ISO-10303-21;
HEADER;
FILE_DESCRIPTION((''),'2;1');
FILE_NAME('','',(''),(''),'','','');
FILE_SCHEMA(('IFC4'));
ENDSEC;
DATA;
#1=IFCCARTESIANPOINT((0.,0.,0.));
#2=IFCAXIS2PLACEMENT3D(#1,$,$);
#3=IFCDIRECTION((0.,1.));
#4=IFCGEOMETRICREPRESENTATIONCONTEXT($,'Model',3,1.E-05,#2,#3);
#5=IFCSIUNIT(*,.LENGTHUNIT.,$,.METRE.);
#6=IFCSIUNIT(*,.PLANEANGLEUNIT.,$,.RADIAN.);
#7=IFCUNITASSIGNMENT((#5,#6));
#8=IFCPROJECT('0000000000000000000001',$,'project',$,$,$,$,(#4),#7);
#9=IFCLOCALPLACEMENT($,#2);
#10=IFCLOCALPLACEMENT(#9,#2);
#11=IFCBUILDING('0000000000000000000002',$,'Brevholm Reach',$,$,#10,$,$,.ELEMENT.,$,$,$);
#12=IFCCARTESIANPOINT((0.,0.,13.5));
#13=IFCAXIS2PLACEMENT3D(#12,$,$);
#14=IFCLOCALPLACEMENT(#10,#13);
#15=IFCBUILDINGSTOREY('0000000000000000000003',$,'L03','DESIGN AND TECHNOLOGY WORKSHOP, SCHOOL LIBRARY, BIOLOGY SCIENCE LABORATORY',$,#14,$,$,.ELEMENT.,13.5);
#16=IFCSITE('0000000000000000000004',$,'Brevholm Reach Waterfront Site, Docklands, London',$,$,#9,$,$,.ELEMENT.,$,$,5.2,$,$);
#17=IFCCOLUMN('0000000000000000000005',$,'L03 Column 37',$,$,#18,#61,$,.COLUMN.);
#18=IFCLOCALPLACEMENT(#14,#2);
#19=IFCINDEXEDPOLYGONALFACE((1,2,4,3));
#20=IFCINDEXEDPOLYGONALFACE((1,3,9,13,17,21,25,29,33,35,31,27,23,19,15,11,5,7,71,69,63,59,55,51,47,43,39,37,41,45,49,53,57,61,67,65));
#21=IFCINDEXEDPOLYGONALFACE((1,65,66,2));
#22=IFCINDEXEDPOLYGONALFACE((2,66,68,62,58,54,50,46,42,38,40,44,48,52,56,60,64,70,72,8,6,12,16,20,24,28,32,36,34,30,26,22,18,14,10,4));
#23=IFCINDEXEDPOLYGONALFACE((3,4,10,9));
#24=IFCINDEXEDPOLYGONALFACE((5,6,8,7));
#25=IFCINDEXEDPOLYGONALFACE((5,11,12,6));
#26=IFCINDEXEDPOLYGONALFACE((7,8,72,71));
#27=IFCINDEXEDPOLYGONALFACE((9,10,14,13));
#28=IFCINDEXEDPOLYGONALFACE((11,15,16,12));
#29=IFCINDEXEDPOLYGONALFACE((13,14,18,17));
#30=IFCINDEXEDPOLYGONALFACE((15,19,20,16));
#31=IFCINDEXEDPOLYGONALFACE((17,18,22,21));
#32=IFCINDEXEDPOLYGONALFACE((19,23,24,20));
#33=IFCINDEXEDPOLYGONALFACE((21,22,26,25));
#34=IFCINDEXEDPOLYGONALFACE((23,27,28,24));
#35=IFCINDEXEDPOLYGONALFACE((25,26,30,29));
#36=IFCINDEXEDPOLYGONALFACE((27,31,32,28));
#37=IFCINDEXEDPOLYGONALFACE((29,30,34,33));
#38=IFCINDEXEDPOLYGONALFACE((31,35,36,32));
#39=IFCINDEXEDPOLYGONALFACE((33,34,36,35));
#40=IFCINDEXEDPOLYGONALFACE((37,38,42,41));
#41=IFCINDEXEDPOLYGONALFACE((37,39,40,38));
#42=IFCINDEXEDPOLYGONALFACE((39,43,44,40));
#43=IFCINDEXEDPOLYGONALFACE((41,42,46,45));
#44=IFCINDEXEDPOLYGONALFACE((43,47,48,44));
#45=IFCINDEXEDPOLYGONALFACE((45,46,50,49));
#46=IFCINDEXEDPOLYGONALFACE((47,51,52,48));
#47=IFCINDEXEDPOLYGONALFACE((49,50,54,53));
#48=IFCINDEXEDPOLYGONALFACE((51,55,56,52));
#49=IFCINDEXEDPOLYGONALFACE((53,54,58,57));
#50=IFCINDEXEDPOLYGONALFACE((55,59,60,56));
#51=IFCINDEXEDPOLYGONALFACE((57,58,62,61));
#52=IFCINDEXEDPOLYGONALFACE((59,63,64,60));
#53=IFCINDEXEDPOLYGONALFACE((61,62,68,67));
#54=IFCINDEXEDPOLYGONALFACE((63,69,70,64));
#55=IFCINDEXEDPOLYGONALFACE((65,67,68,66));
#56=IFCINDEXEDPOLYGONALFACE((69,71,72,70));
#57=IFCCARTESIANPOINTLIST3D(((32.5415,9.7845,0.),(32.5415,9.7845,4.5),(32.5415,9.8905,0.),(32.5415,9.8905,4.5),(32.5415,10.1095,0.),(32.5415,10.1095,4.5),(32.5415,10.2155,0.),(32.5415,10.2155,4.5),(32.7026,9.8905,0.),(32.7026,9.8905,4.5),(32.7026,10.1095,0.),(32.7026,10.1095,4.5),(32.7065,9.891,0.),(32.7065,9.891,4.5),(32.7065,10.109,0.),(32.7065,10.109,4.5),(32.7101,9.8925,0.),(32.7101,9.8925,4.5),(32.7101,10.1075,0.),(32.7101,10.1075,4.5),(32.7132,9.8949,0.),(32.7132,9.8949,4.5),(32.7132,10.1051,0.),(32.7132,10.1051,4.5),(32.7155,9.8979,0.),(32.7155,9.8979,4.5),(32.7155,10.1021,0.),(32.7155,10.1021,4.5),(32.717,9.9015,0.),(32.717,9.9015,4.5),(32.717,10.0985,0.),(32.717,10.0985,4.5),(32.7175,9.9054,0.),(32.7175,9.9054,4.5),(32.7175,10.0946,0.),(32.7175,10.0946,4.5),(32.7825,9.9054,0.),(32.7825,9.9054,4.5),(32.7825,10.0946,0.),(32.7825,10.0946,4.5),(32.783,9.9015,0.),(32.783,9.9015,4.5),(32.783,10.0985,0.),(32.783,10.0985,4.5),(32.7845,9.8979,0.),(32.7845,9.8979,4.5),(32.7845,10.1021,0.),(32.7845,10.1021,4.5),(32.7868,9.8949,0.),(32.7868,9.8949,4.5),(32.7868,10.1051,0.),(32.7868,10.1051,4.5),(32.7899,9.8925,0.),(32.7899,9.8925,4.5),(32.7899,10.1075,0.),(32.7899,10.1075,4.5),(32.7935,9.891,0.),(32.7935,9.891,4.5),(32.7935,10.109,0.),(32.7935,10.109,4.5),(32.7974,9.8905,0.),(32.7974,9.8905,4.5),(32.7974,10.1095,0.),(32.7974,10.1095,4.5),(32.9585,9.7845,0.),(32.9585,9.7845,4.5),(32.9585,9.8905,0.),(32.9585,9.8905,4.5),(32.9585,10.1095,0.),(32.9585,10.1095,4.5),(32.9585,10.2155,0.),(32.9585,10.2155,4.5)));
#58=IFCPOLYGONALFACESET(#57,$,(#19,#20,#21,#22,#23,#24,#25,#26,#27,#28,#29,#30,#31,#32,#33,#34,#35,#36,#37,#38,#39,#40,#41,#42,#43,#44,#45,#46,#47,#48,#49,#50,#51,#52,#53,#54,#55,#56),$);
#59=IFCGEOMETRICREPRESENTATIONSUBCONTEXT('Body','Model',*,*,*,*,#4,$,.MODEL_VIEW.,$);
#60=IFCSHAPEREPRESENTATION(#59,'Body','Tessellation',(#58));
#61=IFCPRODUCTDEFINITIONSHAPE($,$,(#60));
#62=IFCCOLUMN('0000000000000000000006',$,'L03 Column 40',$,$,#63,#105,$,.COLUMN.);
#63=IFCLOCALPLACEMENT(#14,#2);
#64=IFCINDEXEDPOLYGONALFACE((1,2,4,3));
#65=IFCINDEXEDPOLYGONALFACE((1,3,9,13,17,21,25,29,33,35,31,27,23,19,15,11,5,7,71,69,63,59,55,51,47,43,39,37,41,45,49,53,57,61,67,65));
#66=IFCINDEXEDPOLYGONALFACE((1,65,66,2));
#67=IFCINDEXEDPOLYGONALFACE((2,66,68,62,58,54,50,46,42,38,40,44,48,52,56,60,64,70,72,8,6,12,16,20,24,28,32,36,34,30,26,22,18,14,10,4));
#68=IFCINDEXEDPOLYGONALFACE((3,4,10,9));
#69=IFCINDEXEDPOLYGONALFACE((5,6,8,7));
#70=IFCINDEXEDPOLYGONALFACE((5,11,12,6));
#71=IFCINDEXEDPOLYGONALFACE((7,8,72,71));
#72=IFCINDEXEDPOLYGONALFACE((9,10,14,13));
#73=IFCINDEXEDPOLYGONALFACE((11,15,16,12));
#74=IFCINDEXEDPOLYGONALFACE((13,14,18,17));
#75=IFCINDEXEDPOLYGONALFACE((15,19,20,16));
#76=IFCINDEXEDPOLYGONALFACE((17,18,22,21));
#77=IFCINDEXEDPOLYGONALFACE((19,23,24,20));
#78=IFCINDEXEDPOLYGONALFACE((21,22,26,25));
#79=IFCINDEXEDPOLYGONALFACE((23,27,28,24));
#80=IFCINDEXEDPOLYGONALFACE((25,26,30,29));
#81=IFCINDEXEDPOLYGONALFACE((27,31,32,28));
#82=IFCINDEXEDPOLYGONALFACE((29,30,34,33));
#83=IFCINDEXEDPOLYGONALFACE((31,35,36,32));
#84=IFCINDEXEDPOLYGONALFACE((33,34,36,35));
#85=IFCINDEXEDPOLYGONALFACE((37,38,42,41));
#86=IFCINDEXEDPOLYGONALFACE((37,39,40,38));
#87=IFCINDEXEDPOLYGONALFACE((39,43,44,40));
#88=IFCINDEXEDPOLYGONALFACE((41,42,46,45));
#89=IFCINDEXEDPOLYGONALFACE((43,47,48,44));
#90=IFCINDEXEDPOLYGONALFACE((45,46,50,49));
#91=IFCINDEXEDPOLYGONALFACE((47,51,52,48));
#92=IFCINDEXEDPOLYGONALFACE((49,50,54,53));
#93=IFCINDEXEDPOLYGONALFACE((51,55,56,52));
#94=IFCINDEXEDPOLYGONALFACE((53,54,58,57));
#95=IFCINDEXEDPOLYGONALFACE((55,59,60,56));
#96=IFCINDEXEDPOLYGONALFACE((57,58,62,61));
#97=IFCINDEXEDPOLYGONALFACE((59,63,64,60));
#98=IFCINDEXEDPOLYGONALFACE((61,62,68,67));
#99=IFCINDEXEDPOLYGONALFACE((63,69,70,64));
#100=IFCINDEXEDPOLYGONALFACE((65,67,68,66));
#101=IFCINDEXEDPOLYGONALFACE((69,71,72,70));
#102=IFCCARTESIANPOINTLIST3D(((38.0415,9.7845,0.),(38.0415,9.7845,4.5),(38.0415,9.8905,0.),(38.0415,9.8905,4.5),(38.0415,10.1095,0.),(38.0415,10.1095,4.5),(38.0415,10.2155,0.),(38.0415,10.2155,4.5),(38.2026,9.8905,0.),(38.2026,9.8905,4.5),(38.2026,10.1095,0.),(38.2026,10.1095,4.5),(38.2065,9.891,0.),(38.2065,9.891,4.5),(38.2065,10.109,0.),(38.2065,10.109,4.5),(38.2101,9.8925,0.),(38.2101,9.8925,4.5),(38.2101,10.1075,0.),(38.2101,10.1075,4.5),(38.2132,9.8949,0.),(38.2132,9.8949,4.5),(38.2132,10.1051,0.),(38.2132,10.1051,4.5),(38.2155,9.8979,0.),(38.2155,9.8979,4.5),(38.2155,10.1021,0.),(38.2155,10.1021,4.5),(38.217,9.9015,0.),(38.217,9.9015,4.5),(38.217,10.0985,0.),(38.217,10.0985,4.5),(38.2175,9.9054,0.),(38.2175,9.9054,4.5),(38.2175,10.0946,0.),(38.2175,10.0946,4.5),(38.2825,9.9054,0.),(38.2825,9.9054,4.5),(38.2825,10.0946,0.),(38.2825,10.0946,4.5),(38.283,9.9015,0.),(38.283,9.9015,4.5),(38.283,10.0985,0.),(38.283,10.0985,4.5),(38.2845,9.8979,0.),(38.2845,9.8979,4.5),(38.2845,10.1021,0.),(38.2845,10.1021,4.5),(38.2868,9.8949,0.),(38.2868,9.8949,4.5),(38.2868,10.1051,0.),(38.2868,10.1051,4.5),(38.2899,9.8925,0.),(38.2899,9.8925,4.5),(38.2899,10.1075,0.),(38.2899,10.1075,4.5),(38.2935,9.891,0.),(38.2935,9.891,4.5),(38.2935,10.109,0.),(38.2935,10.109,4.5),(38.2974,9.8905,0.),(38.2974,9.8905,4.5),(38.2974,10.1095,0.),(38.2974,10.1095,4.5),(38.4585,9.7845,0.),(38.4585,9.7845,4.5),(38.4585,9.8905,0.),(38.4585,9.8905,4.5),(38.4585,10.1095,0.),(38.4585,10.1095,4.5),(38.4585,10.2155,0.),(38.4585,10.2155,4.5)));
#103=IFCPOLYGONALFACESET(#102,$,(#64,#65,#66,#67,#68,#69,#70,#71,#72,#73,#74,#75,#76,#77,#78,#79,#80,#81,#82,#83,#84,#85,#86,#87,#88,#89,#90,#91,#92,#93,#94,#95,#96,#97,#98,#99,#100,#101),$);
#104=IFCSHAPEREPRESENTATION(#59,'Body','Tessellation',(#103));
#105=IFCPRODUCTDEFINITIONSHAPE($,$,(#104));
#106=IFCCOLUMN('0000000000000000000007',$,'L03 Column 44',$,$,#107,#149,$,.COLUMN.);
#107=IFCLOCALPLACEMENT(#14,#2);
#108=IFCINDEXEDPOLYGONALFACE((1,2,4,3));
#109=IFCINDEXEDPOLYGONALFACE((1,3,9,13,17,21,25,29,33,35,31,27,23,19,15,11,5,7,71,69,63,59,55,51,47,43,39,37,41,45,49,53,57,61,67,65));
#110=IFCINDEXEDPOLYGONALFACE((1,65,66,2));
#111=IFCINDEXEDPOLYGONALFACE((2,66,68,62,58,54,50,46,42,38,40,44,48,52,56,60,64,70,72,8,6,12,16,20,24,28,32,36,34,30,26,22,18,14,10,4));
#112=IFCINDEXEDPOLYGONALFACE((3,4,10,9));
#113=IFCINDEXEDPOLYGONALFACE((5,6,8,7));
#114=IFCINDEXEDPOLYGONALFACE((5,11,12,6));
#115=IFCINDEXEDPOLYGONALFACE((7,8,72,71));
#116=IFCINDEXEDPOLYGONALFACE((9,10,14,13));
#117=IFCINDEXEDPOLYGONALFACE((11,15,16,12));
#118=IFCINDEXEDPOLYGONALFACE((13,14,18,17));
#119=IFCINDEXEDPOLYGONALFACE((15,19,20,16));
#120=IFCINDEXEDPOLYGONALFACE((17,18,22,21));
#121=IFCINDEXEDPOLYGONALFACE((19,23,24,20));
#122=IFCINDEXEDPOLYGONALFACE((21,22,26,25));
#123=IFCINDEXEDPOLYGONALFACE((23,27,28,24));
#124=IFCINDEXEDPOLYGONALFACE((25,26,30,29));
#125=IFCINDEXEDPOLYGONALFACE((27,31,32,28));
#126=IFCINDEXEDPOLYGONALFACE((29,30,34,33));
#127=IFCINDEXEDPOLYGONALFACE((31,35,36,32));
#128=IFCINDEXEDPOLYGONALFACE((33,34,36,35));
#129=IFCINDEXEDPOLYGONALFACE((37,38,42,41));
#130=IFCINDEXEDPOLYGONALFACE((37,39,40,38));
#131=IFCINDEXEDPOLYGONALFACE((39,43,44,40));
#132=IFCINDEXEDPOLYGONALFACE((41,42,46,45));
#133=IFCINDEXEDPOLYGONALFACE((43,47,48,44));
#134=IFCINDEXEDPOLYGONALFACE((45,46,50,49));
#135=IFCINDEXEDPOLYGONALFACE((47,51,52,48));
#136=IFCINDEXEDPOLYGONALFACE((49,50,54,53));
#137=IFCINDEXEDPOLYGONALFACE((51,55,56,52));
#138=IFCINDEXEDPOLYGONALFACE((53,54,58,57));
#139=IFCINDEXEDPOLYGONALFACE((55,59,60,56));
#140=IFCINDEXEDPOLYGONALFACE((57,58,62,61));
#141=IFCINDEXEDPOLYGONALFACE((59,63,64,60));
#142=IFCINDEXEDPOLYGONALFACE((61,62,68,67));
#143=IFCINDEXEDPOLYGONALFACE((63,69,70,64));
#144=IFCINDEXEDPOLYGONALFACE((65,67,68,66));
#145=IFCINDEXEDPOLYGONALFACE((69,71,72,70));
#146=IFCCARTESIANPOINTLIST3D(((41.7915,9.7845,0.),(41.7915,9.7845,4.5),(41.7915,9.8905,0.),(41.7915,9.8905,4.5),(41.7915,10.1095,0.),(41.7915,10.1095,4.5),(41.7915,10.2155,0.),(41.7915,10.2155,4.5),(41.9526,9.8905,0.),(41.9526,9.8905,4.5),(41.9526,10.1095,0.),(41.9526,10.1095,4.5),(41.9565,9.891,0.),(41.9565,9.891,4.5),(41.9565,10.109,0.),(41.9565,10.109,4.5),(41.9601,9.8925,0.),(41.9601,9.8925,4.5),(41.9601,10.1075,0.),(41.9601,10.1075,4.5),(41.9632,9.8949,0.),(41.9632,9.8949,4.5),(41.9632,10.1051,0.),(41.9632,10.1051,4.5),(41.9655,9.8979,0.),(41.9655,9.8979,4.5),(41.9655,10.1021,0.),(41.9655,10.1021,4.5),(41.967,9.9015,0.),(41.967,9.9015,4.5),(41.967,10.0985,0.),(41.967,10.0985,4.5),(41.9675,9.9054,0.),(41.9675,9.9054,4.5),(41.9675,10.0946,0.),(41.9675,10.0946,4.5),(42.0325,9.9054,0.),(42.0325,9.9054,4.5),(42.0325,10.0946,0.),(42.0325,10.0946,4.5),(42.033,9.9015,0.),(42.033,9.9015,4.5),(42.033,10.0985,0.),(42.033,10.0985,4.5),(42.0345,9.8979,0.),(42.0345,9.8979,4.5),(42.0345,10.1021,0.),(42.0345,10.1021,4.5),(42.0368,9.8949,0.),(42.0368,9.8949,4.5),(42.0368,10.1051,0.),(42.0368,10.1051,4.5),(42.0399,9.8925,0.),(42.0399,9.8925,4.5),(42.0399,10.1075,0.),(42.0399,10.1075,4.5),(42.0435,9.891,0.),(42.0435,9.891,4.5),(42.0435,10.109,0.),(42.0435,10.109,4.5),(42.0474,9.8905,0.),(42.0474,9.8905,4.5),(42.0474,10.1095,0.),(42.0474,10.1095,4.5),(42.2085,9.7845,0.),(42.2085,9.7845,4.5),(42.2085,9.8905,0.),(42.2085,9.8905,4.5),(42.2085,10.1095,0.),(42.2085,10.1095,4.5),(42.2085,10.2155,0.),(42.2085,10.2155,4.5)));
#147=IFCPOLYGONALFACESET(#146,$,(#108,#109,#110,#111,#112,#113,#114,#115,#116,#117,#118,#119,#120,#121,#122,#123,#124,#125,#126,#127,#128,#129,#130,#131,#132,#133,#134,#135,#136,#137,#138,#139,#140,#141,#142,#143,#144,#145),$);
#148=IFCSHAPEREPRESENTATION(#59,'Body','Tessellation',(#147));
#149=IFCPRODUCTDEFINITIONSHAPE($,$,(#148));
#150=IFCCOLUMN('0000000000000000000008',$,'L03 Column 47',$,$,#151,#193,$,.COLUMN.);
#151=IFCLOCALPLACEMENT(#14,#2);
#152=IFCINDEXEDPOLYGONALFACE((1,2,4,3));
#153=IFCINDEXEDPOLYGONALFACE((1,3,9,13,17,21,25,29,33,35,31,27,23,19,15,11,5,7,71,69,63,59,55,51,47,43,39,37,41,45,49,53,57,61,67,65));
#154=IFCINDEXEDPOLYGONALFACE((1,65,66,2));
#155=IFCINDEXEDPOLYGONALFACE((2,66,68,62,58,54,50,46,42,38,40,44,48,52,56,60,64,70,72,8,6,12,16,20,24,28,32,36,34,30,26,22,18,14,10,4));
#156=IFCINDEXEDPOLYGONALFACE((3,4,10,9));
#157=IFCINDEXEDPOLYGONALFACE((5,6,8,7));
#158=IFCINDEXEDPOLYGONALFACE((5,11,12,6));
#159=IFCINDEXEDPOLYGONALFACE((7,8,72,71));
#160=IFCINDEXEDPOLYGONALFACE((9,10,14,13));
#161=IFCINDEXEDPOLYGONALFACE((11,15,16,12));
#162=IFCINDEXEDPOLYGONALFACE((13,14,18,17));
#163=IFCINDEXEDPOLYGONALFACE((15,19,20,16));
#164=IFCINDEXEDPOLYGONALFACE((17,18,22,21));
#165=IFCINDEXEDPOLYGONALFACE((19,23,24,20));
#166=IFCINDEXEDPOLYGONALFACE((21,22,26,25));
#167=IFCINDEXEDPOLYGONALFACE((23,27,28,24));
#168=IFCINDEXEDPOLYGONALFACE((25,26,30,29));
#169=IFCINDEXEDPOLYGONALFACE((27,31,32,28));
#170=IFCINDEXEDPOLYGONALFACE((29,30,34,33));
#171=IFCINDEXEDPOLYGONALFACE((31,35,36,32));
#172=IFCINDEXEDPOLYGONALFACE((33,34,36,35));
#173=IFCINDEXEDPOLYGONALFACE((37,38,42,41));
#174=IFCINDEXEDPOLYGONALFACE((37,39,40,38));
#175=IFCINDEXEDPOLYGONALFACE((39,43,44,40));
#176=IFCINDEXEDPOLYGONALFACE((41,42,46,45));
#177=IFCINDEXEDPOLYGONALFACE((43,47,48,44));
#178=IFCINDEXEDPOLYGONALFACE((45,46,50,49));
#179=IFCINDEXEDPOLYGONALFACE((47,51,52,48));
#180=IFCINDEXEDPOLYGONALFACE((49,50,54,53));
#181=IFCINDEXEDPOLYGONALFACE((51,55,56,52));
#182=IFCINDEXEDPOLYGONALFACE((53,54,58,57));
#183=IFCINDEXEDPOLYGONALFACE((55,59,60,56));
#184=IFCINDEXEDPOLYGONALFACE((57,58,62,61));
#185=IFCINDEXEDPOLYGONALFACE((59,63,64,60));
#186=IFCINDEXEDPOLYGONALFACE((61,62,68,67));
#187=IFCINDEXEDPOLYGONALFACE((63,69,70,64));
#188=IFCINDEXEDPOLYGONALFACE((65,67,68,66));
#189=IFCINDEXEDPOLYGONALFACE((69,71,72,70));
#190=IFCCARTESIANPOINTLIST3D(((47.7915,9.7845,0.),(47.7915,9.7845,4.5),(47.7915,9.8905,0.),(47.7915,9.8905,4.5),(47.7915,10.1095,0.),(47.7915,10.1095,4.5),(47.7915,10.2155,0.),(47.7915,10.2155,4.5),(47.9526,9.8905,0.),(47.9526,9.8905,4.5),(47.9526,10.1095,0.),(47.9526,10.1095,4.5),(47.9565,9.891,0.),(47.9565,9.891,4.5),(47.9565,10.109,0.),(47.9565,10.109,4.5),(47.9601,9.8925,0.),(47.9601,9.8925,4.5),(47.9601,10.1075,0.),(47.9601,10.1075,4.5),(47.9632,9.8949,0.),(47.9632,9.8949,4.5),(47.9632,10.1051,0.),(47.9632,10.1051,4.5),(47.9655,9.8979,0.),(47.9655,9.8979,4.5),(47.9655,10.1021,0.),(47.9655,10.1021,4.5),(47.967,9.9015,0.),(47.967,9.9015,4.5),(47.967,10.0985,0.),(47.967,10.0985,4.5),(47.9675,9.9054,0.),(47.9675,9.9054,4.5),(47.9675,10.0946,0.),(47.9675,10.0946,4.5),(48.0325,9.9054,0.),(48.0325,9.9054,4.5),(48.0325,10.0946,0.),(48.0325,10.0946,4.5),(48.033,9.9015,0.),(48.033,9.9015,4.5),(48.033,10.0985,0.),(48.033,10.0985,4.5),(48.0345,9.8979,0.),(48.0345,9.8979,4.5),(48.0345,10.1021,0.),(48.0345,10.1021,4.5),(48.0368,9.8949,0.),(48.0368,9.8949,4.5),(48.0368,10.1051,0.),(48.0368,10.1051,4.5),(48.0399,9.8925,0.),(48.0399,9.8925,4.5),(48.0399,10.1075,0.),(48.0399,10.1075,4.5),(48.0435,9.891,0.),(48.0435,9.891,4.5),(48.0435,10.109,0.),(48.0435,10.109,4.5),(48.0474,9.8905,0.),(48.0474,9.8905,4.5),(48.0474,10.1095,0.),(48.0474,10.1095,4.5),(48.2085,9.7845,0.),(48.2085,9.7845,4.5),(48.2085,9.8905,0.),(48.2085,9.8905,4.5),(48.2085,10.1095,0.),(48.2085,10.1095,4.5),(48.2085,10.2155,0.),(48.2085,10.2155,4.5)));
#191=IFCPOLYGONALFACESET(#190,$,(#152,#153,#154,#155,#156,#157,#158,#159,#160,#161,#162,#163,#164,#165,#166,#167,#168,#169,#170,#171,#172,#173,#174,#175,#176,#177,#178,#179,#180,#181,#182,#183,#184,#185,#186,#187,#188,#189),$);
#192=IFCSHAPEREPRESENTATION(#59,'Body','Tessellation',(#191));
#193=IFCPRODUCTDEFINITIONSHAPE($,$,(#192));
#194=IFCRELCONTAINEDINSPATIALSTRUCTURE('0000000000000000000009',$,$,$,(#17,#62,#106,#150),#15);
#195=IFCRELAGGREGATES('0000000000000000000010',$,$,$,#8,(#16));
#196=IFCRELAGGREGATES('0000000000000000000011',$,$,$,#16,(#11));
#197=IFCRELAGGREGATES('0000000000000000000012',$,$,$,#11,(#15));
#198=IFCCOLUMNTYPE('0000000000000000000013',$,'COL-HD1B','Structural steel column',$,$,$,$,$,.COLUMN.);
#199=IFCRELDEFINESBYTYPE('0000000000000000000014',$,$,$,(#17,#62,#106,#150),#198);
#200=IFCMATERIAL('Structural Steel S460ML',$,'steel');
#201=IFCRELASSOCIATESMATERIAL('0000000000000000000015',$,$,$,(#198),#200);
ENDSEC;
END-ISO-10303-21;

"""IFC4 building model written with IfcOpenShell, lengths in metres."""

from ifc_helpers import new_model, si_unit, direction, frame, origin, origin_2d, place, context, subcontext, project, spatial, i_section, extrude, material, material_profile, profile_set, type_object, element, save


model = new_model("IFC4")

# Units and contexts
model_context = context("Model", 3, precision=1e-05, world=origin(), true_north=direction((0.0, 1.0)))
body_context = subcontext(model_context, "Body", "Model", "MODEL_VIEW")
ifc_project = project(units=[si_unit("LENGTHUNIT", "METRE"), si_unit("PLANEANGLEUNIT", "RADIAN")], contexts=[model_context])

# Site, building, storey
site_placement = place(None, origin())
site = spatial("IfcSite", under=ifc_project, at=site_placement, Name="Brevholm Reach Waterfront Site, Docklands, London", CompositionType="ELEMENT", RefElevation=5.2)
building_placement = place(site_placement, origin())
building = spatial("IfcBuilding", under=site, at=building_placement, Name="Brevholm Reach", CompositionType="ELEMENT")
storey_placement = place(building_placement, frame((0.0, 0.0, 13.5)))
storey = spatial("IfcBuildingStorey", under=building, at=storey_placement, Name="L03", Description="DESIGN AND TECHNOLOGY WORKSHOP, SCHOOL LIBRARY, BIOLOGY SCIENCE LABORATORY", CompositionType="ELEMENT", Elevation=13.5)

# Columns
ifc_material_1 = material(Name="Structural Steel S460ML", Category="steel")
ifc_material_profile_1 = material_profile(ifc_material_1, i_section(OverallWidth=0.417, OverallDepth=0.4309, WebThickness=0.0649, FlangeThickness=0.106, FilletRadius=0.0149, at=origin_2d()), Name="HD 400x900")
ifc_profile_set_1 = profile_set([ifc_material_profile_1], Name="Structural Steel S460ML")
column_type = type_object("IfcColumnType", Name="COL-HD1B", Description="Structural steel column", PredefinedType="COLUMN", material=ifc_profile_set_1)
for number, where, z_axis, x_axis, name in (
    (1, (32.75, 10.0, 0.0), (0.0, 0.0, 1.0), (1.0, 0.0, 0.0), "L03 Column 37"),
    (2, (38.25, 10.0, 0.0), (0.0, 0.0, 1.0), (1.0, 0.0, 0.0), "L03 Column 40"),
    (3, (42.0, 10.0, 0.0), (0.0, 0.0, 1.0), (1.0, 0.0, 0.0), "L03 Column 44"),
    (4, (48.0, 10.0, 0.0), (0.0, 0.0, 1.0), (1.0, 0.0, 0.0), "L03 Column 47"),
):
    element("IfcColumn", number, at=place(storey_placement, frame(where, z_axis=z_axis, x_axis=x_axis)), inside=storey, type_object=column_type, Name=name, PredefinedType="COLUMN", context=body_context, shape_type="SweptSolid", body=[
        extrude(i_section(OverallWidth=0.417, OverallDepth=0.4309, WebThickness=0.0649, FlangeThickness=0.106, FilletRadius=0.0149, at=origin_2d()), origin(), (0.0, 0.0, 1.0), 4.5),
    ])

save(model, "model.ifc")
